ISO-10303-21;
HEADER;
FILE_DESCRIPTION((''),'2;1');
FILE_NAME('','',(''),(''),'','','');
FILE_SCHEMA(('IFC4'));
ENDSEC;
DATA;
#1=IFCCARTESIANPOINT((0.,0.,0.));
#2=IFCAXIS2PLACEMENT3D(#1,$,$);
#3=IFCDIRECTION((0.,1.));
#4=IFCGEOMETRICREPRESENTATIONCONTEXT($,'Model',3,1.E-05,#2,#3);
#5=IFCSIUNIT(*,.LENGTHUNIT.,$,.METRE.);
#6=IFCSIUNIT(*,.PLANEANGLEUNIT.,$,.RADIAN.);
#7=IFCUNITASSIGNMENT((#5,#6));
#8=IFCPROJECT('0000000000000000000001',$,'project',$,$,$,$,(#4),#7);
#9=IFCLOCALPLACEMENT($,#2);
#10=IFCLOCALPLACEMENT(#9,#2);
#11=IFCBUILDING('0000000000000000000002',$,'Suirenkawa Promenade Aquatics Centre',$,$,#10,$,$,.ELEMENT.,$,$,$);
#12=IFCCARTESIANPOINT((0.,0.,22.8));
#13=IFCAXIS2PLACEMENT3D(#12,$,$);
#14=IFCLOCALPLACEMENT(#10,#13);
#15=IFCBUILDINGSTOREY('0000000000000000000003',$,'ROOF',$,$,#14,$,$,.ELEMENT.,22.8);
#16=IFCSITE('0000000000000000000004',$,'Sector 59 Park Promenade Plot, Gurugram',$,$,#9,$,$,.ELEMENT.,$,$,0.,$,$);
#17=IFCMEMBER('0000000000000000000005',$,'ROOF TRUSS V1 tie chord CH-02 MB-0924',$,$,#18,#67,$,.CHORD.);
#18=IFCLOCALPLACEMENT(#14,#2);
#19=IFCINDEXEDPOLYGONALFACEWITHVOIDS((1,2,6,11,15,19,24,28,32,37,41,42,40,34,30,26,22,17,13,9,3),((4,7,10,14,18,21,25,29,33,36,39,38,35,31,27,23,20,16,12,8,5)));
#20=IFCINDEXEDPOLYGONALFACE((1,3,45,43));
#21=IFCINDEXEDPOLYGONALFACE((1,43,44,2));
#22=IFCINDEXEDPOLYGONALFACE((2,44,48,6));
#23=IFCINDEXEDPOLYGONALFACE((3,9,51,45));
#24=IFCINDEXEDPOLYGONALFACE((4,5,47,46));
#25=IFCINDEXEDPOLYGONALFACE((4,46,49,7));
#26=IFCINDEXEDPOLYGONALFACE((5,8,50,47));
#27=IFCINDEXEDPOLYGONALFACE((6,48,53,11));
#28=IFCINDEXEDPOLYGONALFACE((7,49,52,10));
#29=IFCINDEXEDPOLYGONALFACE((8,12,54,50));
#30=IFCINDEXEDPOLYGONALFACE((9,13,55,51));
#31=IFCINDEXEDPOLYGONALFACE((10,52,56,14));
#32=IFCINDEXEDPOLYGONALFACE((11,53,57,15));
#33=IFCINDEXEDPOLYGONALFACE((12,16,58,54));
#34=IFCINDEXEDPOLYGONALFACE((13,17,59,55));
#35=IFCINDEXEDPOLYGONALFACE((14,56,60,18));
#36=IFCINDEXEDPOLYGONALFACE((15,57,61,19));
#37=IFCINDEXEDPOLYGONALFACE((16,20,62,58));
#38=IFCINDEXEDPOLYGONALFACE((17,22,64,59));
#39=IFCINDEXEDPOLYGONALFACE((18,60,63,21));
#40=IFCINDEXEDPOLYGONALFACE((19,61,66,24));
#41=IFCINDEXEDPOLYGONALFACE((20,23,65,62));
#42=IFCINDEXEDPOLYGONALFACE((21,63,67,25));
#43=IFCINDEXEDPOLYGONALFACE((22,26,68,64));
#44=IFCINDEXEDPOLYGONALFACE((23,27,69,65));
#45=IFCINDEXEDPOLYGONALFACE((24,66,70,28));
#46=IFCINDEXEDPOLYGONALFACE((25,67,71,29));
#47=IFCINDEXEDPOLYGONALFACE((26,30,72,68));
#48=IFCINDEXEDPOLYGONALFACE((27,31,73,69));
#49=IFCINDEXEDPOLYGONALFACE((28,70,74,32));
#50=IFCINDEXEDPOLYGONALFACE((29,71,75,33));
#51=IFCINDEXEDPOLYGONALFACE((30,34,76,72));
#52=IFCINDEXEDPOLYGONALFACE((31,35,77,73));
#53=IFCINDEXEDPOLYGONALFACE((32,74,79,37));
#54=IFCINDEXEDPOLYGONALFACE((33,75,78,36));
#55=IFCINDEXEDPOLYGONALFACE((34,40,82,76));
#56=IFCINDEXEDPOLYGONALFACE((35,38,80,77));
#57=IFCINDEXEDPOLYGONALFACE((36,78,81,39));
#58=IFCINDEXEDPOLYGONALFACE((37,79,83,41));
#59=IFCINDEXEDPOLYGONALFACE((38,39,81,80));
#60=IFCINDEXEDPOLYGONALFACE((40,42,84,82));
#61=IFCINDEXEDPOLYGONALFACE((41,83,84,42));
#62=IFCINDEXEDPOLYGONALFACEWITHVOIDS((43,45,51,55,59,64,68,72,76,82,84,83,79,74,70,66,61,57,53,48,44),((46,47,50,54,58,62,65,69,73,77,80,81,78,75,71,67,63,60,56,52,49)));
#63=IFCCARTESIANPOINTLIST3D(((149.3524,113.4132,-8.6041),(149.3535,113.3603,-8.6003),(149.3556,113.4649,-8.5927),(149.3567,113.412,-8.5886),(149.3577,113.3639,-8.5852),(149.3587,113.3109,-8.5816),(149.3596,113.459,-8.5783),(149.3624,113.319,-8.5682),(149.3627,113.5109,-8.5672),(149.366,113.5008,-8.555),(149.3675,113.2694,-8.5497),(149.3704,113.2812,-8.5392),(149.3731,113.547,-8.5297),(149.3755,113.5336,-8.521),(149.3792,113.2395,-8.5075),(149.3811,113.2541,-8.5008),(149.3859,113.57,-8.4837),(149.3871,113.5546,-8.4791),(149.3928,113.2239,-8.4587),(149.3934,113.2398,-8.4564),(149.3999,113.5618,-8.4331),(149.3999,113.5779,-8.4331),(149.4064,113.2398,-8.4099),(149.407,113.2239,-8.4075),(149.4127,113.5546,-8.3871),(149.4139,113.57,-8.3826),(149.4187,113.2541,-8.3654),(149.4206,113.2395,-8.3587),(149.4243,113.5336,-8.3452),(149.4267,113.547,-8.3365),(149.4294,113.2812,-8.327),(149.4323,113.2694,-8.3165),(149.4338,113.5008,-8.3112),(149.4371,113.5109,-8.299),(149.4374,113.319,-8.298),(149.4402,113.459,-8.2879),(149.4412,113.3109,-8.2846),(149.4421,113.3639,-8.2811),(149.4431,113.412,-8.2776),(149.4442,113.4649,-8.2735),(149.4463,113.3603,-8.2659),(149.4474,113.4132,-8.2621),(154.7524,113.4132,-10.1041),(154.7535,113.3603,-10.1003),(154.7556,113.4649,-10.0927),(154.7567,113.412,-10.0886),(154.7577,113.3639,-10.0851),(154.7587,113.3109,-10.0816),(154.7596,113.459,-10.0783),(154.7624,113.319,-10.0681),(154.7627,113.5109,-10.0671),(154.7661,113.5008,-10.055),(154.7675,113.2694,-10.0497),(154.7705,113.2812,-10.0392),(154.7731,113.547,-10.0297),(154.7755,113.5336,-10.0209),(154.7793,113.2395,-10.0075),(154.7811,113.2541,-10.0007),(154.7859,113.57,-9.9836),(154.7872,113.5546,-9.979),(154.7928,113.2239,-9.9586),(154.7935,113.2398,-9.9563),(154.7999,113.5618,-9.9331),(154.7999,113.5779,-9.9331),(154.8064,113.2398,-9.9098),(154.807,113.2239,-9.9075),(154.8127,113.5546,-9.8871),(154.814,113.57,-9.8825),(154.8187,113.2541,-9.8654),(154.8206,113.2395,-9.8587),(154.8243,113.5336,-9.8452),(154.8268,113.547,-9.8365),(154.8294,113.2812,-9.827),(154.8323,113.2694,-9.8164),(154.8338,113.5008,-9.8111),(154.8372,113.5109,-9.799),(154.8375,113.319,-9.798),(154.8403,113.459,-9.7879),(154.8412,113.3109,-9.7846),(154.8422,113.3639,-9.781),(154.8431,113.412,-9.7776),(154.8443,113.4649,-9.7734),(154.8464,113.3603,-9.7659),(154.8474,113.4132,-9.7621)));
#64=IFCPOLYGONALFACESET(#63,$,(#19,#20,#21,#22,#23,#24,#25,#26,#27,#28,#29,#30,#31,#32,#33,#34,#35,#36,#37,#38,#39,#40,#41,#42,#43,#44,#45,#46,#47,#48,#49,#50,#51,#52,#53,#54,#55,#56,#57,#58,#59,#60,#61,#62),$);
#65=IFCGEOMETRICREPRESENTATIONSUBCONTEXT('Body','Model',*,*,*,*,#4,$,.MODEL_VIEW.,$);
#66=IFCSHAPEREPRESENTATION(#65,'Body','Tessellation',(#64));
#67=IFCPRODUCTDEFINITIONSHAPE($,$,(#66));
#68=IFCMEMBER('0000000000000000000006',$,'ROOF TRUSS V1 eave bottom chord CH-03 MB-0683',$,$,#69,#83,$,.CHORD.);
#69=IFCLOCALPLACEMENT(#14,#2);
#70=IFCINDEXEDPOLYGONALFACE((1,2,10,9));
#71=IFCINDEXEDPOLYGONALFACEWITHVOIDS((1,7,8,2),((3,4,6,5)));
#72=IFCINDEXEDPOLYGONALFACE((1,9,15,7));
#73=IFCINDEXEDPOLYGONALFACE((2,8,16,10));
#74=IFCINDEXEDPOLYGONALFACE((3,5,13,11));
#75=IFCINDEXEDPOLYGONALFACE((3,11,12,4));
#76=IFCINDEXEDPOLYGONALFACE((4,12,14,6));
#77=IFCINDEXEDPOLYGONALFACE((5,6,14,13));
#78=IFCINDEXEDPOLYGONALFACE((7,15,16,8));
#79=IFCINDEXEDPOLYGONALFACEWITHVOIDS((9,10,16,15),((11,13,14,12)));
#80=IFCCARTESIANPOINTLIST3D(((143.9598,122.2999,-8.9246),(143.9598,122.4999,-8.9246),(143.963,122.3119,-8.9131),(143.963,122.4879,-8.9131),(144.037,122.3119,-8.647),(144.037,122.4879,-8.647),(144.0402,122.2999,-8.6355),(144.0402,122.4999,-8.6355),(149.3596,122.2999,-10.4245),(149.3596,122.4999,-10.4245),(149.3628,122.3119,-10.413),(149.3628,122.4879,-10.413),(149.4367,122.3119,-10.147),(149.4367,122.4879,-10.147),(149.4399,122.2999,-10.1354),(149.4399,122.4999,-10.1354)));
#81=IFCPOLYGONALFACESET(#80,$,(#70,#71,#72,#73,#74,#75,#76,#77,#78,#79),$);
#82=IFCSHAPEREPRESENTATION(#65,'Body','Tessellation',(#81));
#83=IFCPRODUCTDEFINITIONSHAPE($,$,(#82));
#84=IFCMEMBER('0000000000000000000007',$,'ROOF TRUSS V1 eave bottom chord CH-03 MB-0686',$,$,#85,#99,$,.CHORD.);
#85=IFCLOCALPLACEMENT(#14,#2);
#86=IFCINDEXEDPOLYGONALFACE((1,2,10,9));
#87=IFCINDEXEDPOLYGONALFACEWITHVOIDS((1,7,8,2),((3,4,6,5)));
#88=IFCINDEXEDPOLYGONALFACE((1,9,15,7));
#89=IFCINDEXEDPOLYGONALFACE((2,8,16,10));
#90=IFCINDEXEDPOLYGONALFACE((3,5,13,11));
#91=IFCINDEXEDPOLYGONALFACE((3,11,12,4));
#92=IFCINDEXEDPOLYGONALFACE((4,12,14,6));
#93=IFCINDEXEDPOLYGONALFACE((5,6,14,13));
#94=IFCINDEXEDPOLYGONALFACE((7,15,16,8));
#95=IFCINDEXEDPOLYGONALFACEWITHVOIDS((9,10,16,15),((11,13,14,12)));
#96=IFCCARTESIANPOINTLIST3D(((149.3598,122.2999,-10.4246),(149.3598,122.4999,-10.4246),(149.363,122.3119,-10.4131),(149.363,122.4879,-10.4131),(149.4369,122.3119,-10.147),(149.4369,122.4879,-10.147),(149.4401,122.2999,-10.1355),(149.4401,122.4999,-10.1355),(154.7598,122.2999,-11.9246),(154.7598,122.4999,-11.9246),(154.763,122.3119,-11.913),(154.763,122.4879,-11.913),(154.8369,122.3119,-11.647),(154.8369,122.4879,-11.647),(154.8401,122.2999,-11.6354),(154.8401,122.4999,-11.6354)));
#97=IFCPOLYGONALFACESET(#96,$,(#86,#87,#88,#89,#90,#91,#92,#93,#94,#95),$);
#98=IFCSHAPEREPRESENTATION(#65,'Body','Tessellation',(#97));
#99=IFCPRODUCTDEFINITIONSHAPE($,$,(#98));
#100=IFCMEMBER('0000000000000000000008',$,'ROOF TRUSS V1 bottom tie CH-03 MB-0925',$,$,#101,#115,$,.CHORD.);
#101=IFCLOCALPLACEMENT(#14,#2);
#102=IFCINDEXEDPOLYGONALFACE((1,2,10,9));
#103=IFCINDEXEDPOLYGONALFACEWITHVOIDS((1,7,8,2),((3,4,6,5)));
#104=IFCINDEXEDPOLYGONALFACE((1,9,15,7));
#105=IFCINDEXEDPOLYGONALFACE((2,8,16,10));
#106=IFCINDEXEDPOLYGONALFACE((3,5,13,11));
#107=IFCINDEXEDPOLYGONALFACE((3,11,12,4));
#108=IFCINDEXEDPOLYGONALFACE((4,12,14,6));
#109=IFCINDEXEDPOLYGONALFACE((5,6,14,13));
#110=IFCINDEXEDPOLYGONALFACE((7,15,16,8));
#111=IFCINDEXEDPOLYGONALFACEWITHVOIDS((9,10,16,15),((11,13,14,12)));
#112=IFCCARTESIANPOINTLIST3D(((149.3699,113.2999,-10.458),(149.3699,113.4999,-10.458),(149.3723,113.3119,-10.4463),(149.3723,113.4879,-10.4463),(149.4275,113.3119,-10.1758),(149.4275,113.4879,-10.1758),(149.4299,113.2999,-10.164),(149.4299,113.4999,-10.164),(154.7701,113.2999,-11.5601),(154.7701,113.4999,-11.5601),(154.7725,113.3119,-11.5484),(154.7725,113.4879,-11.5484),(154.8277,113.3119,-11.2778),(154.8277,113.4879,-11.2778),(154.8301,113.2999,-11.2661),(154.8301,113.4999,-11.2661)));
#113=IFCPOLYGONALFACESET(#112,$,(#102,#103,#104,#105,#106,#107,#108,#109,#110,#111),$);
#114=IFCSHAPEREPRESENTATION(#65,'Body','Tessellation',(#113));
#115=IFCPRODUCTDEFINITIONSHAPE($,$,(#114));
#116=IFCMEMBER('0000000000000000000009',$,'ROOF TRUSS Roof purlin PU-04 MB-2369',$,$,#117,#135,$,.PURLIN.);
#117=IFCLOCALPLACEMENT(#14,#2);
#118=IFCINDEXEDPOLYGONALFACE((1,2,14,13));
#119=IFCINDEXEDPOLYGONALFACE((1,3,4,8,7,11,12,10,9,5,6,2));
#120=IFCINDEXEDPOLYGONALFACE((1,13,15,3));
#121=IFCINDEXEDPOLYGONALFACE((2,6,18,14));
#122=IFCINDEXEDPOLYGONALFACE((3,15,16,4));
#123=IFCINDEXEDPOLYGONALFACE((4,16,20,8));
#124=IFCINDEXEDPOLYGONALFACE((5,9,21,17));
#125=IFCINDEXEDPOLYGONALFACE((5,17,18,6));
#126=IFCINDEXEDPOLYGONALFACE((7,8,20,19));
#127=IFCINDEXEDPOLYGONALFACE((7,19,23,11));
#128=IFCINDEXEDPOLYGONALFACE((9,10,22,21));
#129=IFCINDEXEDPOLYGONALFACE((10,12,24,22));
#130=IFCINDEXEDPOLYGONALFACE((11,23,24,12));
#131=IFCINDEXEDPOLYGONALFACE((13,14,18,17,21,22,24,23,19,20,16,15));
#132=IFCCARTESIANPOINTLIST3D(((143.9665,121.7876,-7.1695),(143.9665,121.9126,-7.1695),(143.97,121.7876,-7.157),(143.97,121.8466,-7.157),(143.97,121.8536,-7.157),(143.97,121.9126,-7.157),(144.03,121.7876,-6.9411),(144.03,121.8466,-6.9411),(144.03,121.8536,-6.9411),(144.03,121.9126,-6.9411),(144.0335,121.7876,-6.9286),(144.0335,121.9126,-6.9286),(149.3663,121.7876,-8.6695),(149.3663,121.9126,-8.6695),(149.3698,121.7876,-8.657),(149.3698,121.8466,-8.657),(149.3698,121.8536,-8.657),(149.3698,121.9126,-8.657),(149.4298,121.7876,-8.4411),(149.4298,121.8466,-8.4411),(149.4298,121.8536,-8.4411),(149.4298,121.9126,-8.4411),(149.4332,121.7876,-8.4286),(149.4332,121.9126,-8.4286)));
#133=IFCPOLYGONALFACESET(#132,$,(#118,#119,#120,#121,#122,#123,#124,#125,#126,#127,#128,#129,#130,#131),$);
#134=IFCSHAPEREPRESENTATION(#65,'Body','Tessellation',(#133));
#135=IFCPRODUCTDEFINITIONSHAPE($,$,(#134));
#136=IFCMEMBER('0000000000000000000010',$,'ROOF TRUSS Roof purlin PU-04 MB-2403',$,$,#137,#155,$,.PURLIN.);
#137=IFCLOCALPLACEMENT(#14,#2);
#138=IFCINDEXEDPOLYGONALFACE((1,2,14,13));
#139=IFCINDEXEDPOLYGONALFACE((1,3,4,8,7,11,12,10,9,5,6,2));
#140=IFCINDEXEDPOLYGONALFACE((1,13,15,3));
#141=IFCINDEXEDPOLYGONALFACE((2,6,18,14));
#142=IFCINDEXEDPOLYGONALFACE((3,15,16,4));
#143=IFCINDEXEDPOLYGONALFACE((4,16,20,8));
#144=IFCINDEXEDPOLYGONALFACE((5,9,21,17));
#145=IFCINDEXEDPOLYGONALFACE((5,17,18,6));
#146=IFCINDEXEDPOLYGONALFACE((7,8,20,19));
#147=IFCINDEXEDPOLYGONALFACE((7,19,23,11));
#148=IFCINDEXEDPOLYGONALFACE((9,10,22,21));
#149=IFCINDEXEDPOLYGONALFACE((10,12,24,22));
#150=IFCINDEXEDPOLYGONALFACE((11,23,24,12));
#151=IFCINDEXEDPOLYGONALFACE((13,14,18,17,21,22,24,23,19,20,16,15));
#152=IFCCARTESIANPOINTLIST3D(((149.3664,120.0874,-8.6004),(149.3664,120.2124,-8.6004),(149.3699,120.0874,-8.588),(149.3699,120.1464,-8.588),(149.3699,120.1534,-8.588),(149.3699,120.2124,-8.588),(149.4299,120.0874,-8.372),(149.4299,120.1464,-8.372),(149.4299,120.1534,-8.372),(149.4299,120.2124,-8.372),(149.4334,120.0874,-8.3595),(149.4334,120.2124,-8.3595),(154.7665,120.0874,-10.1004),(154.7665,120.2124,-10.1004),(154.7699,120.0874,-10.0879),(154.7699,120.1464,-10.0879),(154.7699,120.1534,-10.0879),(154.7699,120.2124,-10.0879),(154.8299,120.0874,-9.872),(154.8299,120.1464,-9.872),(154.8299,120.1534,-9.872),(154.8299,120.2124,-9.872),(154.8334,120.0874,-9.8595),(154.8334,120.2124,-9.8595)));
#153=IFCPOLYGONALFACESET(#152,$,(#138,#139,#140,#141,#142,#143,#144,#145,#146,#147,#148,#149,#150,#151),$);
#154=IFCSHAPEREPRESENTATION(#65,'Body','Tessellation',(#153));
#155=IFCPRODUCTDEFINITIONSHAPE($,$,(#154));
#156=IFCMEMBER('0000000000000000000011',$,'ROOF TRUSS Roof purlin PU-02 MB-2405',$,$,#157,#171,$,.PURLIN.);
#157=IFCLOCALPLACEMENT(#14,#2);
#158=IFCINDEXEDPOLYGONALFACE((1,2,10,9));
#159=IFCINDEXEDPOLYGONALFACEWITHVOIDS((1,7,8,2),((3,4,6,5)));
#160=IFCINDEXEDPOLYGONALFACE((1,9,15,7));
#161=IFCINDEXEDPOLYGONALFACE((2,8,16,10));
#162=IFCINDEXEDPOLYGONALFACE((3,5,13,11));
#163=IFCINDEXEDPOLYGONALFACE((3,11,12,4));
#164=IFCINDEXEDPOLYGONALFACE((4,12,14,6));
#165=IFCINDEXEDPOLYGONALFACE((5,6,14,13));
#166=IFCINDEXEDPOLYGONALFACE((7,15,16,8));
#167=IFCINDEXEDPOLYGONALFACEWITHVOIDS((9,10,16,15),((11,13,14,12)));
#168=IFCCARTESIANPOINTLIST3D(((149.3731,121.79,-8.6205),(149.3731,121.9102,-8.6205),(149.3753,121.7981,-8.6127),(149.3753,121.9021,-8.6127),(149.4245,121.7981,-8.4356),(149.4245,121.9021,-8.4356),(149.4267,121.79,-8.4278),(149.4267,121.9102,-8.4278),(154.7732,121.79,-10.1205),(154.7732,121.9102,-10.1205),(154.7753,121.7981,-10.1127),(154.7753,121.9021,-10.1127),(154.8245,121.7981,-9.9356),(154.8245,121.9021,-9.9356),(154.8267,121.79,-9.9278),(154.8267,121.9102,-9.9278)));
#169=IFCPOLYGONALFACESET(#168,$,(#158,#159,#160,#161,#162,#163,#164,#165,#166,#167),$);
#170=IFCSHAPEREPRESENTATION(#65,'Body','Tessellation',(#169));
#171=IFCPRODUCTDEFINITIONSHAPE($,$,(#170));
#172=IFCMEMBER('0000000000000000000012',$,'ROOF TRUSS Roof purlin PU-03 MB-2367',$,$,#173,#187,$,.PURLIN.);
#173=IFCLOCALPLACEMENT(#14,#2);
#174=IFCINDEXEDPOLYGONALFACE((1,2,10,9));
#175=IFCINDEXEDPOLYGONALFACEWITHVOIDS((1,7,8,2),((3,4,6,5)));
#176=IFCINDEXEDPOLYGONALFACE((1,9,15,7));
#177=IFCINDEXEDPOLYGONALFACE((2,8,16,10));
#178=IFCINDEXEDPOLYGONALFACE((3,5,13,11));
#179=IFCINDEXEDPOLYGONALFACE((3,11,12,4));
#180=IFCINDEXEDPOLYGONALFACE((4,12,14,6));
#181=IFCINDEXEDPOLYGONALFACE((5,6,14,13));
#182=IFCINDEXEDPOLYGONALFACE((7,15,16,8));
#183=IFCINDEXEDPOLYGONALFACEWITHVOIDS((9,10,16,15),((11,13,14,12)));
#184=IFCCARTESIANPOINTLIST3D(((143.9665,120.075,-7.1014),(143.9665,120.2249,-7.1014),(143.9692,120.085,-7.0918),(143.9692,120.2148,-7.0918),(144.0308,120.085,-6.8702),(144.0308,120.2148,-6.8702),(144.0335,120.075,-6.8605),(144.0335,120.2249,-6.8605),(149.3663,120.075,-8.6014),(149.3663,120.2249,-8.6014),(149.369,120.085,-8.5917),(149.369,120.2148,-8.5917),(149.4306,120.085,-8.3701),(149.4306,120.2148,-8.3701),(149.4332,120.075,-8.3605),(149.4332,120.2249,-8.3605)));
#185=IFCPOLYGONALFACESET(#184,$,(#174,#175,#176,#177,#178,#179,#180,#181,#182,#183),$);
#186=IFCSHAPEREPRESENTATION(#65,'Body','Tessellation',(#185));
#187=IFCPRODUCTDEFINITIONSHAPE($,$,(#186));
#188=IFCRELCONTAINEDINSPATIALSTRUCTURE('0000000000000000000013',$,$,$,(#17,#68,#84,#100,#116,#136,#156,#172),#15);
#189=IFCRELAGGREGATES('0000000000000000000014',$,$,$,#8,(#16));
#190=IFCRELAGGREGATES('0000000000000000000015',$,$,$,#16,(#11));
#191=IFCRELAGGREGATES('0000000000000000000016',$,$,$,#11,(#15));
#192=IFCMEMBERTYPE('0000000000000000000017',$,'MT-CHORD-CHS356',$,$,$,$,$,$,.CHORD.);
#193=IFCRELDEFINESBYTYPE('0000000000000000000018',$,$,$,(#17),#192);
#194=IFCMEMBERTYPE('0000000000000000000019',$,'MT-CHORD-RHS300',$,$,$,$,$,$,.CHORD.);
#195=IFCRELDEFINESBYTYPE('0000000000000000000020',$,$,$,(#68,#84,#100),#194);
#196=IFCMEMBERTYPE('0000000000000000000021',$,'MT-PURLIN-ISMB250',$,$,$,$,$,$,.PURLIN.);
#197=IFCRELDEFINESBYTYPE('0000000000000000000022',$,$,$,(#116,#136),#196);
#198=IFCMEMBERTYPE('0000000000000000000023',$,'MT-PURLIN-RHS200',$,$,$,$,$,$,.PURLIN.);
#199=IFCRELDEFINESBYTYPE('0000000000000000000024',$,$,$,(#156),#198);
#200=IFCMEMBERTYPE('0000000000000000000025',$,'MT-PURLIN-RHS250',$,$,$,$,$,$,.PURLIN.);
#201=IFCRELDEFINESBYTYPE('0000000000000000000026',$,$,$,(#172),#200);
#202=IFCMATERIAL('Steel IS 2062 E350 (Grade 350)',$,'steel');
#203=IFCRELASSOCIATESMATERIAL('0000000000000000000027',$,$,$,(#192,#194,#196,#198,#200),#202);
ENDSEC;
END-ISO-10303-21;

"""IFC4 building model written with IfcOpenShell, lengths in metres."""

from ifc_helpers import new_model, si_unit, direction, frame, origin, origin_2d, place, context, subcontext, project, spatial, hollow_rectangle, hollow_circle, i_section, extrude, material, material_profile, profile_set, type_object, element, save


model = new_model("IFC4")

# Units and contexts
model_context = context("Model", 3, precision=1e-05, world=origin(), true_north=direction((0.0, 1.0)))
body_context = subcontext(model_context, "Body", "Model", "MODEL_VIEW")
ifc_project = project(units=[si_unit("LENGTHUNIT", "METRE"), si_unit("PLANEANGLEUNIT", "RADIAN")], contexts=[model_context])

# Site, building, storey
site_placement = place(None, origin())
site = spatial("IfcSite", under=ifc_project, at=site_placement, Name="Sector 59 Park Promenade Plot, Gurugram", CompositionType="ELEMENT", RefElevation=0.0)
building_placement = place(site_placement, origin())
building = spatial("IfcBuilding", under=site, at=building_placement, Name="Suirenkawa Promenade Aquatics Centre", CompositionType="ELEMENT")
storey_placement = place(building_placement, frame((0.0, 0.0, 22.8)))
storey = spatial("IfcBuildingStorey", under=building, at=storey_placement, Name="ROOF", CompositionType="ELEMENT", Elevation=22.8)

# Shared definitions
ifc_material = material(Name="Steel IS 2062 E350 (Grade 350)", Category="steel")

# Members
ifc_material_profile_1 = material_profile(ifc_material, hollow_circle(Radius=0.178, WallThickness=0.0161, at=origin_2d()), Name="CHS 356x16", Category="steel")
ifc_profile_set_1 = profile_set([ifc_material_profile_1], Name="Steel IS 2062 E350 (Grade 350)")
member_type_1 = type_object("IfcMemberType", Name="MT-CHORD-CHS356", PredefinedType="CHORD", material=ifc_profile_set_1)
for number, where, z_axis, x_axis, name in (
    (1, (149.3999, 113.3999, -8.4331), (0.96352, 0.0, -0.267637), (0.0, 1.0, 0.0), "ROOF TRUSS V1 tie chord CH-02 MB-0924"),
):
    element("IfcMember", number, at=place(storey_placement, frame(where, z_axis=z_axis, x_axis=x_axis)), inside=storey, type_object=member_type_1, Name=name, PredefinedType="CHORD", context=body_context, shape_type="SweptSolid", body=[
        extrude(hollow_circle(Radius=0.178, WallThickness=0.0161, at=origin_2d()), origin(), (0.0, 0.0, 1.0), 5.6045),
    ])
ifc_material_profile_2 = material_profile(ifc_material, hollow_rectangle(XDim=0.2, YDim=0.3, WallThickness=0.012, at=origin_2d()), Name="RHS 300x200x12", Category="steel")
ifc_profile_set_2 = profile_set([ifc_material_profile_2], Name="Steel IS 2062 E350 (Grade 350)")
member_type_2 = type_object("IfcMemberType", Name="MT-CHORD-RHS300", PredefinedType="CHORD", material=ifc_profile_set_2)
member_1_placement = place(storey_placement, frame((144.0, 122.3999, -8.78), z_axis=(0.963517, 0.0, -0.267648), x_axis=(0.0, 1.0, 0.0)))
element("IfcMember", 2, at=member_1_placement, inside=storey, type_object=member_type_2, Name="ROOF TRUSS V1 eave bottom chord CH-03 MB-0683", PredefinedType="CHORD", context=body_context, shape_type="SweptSolid", body=[
    extrude(hollow_rectangle(XDim=0.2, YDim=0.3, WallThickness=0.012, at=origin_2d()), origin(), (0.0, 0.0, 1.0), 5.6042),
])
member_2_placement = place(storey_placement, frame((149.3999, 122.3999, -10.28), z_axis=(0.96352, 0.0, -0.267637), x_axis=(0.0, 1.0, 0.0)))
element("IfcMember", 3, at=member_2_placement, inside=storey, type_object=member_type_2, Name="ROOF TRUSS V1 eave bottom chord CH-03 MB-0686", PredefinedType="CHORD", context=body_context, shape_type="SweptSolid", body=[
    extrude(hollow_rectangle(XDim=0.2, YDim=0.3, WallThickness=0.012, at=origin_2d()), origin(), (0.0, 0.0, 1.0), 5.6045),
])
member_3_placement = place(storey_placement, frame((149.3999, 113.3999, -10.311), z_axis=(0.979805, 0.0, -0.199957), x_axis=(0.0, 1.0, 0.0)))
element("IfcMember", 4, at=member_3_placement, inside=storey, type_object=member_type_2, Name="ROOF TRUSS V1 bottom tie CH-03 MB-0925", PredefinedType="CHORD", context=body_context, shape_type="SweptSolid", body=[
    extrude(hollow_rectangle(XDim=0.2, YDim=0.3, WallThickness=0.012, at=origin_2d()), origin(), (0.0, 0.0, 1.0), 5.5115),
])
ifc_material_profile_3 = material_profile(ifc_material, i_section(OverallWidth=0.125, OverallDepth=0.25, WebThickness=0.0071, FlangeThickness=0.0129, at=origin_2d()), Name="ISMB 250", Category="steel")
ifc_profile_set_3 = profile_set([ifc_material_profile_3], Name="Steel IS 2062 E350 (Grade 350)")
member_type_3 = type_object("IfcMemberType", Name="MT-PURLIN-ISMB250", PredefinedType="PURLIN", material=ifc_profile_set_3)
member_4_placement = place(storey_placement, frame((144.0, 121.8501, -7.0491), z_axis=(0.963517, 0.0, -0.267648), x_axis=(0.0, 1.0, 0.0)))
element("IfcMember", 5, at=member_4_placement, inside=storey, type_object=member_type_3, Name="ROOF TRUSS Roof purlin PU-04 MB-2369", PredefinedType="PURLIN", context=body_context, shape_type="SweptSolid", body=[
    extrude(i_section(OverallWidth=0.125, OverallDepth=0.25, WebThickness=0.0071, FlangeThickness=0.0129, at=origin_2d()), origin(), (0.0, 0.0, 1.0), 5.6042),
])
member_5_placement = place(storey_placement, frame((149.3999, 120.1499, -8.48), z_axis=(0.96352, 0.0, -0.267637), x_axis=(0.0, 1.0, 0.0)))
element("IfcMember", 6, at=member_5_placement, inside=storey, type_object=member_type_3, Name="ROOF TRUSS Roof purlin PU-04 MB-2403", PredefinedType="PURLIN", context=body_context, shape_type="SweptSolid", body=[
    extrude(i_section(OverallWidth=0.125, OverallDepth=0.25, WebThickness=0.0071, FlangeThickness=0.0129, at=origin_2d()), origin(), (0.0, 0.0, 1.0), 5.6045),
])
ifc_material_profile_4 = material_profile(ifc_material, hollow_rectangle(XDim=0.1201, YDim=0.2, WallThickness=0.0081, at=origin_2d()), Name="RHS 200x120x8", Category="steel")
ifc_profile_set_4 = profile_set([ifc_material_profile_4], Name="Steel IS 2062 E350 (Grade 350)")
member_type_4 = type_object("IfcMemberType", Name="MT-PURLIN-RHS200", PredefinedType="PURLIN", material=ifc_profile_set_4)
member_6_placement = place(storey_placement, frame((149.3999, 121.8501, -8.5242), z_axis=(0.96352, 0.0, -0.267637), x_axis=(0.0, 1.0, 0.0)))
element("IfcMember", 7, at=member_6_placement, inside=storey, type_object=member_type_4, Name="ROOF TRUSS Roof purlin PU-02 MB-2405", PredefinedType="PURLIN", context=body_context, shape_type="SweptSolid", body=[
    extrude(hollow_rectangle(XDim=0.1201, YDim=0.2, WallThickness=0.0081, at=origin_2d()), origin(), (0.0, 0.0, 1.0), 5.6045),
])
ifc_material_profile_5 = material_profile(ifc_material, hollow_rectangle(XDim=0.1499, YDim=0.25, WallThickness=0.01, at=origin_2d()), Name="RHS 250x150x10", Category="steel")
ifc_profile_set_5 = profile_set([ifc_material_profile_5], Name="Steel IS 2062 E350 (Grade 350)")
member_type_5 = type_object("IfcMemberType", Name="MT-PURLIN-RHS250", PredefinedType="PURLIN", material=ifc_profile_set_5)
member_7_placement = place(storey_placement, frame((144.0, 120.1499, -6.981), z_axis=(0.963517, 0.0, -0.267648), x_axis=(0.0, 1.0, 0.0)))
element("IfcMember", 8, at=member_7_placement, inside=storey, type_object=member_type_5, Name="ROOF TRUSS Roof purlin PU-03 MB-2367", PredefinedType="PURLIN", context=body_context, shape_type="SweptSolid", body=[
    extrude(hollow_rectangle(XDim=0.1499, YDim=0.25, WallThickness=0.01, at=origin_2d()), origin(), (0.0, 0.0, 1.0), 5.6042),
])

save(model, "model.ifc")
